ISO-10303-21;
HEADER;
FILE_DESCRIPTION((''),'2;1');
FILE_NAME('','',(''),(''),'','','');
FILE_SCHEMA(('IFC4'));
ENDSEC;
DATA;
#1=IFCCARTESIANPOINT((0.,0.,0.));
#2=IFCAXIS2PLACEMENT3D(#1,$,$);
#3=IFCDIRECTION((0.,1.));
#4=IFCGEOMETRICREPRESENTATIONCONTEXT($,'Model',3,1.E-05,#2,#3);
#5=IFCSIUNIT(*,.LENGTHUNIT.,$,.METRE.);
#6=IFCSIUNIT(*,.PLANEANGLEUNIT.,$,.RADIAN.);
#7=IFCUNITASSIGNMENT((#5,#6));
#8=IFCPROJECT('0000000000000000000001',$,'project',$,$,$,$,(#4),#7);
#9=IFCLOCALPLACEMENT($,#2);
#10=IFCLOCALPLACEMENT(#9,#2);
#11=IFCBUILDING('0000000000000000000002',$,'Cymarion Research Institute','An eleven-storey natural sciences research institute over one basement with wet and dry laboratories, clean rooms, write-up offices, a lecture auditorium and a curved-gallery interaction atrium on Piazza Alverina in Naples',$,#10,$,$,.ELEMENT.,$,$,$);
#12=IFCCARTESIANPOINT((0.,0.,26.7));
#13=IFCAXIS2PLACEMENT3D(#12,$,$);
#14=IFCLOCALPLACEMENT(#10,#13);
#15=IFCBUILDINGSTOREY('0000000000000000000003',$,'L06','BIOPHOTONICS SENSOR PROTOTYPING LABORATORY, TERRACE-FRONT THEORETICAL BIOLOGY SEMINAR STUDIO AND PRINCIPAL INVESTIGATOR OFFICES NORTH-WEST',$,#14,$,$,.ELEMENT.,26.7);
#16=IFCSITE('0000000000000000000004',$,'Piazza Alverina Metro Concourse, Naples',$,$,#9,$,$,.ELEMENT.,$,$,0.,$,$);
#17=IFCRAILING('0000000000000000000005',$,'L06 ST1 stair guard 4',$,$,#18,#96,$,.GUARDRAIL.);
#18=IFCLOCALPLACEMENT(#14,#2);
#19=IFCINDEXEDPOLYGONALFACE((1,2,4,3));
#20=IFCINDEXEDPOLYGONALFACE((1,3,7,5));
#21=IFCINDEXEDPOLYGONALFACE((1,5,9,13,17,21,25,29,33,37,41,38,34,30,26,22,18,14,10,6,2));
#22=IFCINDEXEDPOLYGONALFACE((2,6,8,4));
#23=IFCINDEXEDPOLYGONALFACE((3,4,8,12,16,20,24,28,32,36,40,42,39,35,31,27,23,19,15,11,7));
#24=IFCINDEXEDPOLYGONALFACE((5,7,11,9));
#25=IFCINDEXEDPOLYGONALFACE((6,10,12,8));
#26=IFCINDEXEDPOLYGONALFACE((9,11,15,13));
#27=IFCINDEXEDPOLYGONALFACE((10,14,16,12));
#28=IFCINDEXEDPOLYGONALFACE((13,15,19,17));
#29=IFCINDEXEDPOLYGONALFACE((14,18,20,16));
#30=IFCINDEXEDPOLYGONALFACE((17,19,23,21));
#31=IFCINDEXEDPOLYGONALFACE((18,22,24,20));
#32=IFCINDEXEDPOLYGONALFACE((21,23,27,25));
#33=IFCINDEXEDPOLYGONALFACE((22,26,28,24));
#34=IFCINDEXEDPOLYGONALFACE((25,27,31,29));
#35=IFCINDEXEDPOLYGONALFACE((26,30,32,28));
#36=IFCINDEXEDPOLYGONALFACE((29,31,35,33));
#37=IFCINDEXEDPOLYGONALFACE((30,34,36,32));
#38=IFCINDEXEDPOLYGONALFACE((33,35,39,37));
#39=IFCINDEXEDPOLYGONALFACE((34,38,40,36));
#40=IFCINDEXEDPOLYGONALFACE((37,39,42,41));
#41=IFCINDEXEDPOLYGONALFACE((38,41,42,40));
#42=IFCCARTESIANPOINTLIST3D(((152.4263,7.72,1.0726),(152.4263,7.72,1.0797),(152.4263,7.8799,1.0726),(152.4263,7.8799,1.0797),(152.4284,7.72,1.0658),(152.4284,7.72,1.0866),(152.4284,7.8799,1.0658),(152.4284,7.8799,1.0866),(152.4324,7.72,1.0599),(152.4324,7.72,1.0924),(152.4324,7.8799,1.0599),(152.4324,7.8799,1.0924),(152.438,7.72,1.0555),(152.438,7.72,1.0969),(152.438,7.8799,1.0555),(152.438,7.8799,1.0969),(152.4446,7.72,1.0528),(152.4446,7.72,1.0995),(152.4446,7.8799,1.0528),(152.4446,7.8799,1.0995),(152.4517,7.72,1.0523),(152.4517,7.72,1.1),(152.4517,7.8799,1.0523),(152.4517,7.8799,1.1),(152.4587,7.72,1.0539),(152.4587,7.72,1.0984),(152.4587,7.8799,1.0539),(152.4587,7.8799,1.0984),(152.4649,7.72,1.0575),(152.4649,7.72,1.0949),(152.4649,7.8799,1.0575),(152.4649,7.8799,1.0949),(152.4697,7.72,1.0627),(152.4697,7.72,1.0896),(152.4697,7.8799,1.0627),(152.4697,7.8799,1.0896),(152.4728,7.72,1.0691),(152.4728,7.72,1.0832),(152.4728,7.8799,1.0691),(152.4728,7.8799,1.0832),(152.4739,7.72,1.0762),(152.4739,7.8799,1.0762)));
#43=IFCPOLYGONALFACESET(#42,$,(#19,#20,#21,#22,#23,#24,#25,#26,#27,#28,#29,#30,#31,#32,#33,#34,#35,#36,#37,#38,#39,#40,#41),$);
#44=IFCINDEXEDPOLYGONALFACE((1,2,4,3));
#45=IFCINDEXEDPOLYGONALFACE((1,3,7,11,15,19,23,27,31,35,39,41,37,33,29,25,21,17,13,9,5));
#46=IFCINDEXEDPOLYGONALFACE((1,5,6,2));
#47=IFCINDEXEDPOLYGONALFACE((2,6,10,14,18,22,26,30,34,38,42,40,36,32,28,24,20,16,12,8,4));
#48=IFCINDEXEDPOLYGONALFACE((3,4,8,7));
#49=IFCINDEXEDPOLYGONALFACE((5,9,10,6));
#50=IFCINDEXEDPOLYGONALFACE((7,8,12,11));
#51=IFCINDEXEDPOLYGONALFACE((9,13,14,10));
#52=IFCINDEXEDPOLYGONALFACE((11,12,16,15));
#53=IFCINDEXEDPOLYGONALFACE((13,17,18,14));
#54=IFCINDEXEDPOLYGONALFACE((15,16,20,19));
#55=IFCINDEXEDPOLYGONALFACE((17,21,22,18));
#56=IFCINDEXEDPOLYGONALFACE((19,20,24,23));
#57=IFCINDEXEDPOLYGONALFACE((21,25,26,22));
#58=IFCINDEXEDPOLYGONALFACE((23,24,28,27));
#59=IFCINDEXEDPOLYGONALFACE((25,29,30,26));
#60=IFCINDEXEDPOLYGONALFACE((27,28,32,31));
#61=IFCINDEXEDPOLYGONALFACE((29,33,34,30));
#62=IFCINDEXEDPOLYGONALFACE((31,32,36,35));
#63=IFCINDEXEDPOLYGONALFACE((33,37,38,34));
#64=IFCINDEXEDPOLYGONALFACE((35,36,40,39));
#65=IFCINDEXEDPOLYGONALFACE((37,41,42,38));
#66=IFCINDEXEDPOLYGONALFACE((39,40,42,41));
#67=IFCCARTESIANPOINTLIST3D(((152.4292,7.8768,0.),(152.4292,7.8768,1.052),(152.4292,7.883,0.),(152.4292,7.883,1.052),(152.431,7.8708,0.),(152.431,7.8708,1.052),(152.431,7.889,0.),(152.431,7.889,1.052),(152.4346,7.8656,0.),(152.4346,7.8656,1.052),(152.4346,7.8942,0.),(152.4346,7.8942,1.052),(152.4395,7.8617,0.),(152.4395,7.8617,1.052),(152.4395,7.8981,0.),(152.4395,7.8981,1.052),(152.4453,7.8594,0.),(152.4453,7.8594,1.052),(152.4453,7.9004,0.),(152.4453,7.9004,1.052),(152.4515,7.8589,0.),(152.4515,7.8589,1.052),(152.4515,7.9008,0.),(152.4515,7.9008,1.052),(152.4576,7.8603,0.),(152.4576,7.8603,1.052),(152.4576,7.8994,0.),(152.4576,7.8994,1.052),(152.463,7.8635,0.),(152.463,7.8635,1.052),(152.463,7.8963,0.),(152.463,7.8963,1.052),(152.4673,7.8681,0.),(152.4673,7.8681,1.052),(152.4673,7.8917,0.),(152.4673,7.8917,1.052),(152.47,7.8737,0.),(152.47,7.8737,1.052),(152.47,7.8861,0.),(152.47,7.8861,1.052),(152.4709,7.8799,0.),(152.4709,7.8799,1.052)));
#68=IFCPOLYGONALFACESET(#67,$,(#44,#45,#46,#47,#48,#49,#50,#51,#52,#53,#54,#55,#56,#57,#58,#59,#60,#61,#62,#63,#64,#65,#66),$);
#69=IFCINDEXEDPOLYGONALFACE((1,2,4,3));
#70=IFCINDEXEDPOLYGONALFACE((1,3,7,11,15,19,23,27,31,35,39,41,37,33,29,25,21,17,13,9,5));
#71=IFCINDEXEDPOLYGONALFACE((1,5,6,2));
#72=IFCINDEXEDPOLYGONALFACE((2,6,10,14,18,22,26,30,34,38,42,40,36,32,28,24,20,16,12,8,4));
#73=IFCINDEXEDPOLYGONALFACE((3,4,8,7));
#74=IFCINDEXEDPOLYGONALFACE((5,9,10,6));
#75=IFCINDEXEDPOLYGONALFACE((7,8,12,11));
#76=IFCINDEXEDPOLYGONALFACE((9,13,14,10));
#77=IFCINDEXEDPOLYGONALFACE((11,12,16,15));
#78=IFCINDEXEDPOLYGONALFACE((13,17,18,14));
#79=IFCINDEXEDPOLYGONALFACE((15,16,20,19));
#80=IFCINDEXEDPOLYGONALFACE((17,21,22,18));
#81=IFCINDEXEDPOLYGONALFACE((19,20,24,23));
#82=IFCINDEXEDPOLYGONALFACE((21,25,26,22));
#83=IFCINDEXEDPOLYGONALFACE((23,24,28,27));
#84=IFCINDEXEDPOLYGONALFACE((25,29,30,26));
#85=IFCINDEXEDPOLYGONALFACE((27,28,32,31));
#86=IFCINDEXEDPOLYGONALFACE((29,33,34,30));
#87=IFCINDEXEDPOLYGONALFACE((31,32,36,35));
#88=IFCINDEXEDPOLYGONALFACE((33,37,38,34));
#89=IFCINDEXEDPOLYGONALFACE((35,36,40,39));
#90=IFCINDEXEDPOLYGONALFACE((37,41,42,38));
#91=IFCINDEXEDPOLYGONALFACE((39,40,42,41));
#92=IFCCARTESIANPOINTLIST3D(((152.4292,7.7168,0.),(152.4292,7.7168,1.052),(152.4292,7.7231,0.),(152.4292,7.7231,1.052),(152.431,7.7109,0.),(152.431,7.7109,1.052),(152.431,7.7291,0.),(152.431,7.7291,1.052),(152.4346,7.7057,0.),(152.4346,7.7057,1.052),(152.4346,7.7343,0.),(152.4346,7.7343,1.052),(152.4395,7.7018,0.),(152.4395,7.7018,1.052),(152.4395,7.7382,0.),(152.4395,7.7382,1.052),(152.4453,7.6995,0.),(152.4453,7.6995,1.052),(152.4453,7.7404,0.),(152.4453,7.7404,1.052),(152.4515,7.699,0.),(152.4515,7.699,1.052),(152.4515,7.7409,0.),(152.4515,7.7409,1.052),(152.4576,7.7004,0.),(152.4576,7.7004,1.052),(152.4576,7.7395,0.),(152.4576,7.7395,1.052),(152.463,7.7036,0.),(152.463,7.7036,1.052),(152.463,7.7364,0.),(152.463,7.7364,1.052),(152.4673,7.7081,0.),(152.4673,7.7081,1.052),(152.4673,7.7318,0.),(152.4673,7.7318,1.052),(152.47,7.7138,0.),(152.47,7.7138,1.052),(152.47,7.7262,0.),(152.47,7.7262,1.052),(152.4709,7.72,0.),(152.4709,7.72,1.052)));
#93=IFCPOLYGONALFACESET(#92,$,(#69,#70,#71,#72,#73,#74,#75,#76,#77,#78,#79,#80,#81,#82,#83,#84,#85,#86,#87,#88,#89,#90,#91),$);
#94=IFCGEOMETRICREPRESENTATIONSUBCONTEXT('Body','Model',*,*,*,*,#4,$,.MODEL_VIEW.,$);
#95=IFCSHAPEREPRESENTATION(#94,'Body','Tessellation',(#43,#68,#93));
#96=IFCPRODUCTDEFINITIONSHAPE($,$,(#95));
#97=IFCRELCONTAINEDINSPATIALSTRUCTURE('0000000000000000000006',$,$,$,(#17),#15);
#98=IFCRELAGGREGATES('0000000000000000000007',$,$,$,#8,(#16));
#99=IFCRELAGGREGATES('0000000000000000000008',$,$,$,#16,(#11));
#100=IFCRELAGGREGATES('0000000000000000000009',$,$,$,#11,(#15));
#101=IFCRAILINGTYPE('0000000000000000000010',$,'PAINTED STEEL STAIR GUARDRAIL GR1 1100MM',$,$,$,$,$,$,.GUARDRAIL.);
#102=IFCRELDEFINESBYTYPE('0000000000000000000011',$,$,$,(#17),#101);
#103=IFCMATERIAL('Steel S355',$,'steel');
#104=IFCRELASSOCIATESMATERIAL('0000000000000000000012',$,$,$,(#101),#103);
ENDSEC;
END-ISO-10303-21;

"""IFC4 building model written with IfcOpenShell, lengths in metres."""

from ifc_helpers import new_model, si_unit, direction, frame, origin, origin_2d, place, context, subcontext, project, spatial, circle, extrude, material, type_object, element, save


model = new_model("IFC4")

# Units and contexts
model_context = context("Model", 3, precision=1e-05, world=origin(), true_north=direction((0.0, 1.0)))
body_context = subcontext(model_context, "Body", "Model", "MODEL_VIEW")
ifc_project = project(units=[si_unit("LENGTHUNIT", "METRE"), si_unit("PLANEANGLEUNIT", "RADIAN")], contexts=[model_context])

# Site, building, storey
site_placement = place(None, origin())
site = spatial("IfcSite", under=ifc_project, at=site_placement, Name="Piazza Alverina Metro Concourse, Naples", CompositionType="ELEMENT", RefElevation=0.0)
building_placement = place(site_placement, origin())
building = spatial("IfcBuilding", under=site, at=building_placement, Name="Cymarion Research Institute", Description="An eleven-storey natural sciences research institute over one basement with wet and dry laboratories, clean rooms, write-up offices, a lecture auditorium and a curved-gallery interaction atrium on Piazza Alverina in Naples", CompositionType="ELEMENT")
storey_placement = place(building_placement, frame((0.0, 0.0, 26.7)))
storey = spatial("IfcBuildingStorey", under=building, at=storey_placement, Name="L06", Description="BIOPHOTONICS SENSOR PROTOTYPING LABORATORY, TERRACE-FRONT THEORETICAL BIOLOGY SEMINAR STUDIO AND PRINCIPAL INVESTIGATOR OFFICES NORTH-WEST", CompositionType="ELEMENT", Elevation=26.7)

# Shared definitions
ifc_material_1 = material(Name="Steel S355", Category="steel")

# Railing
railing_type_1 = type_object("IfcRailingType", Name="PAINTED STEEL STAIR GUARDRAIL GR1 1100MM", PredefinedType="GUARDRAIL", material=ifc_material_1)
railing_1_placement = place(storey_placement, frame((152.45, 7.8799, 0.0)))
element("IfcRailing", 1, at=railing_1_placement, inside=storey, type_object=railing_type_1, Name="L06 ST1 stair guard 4", PredefinedType="GUARDRAIL", context=body_context, shape_type="SweptSolid", body=[
    extrude(circle(Radius=0.0239, at=origin_2d()), frame((0.0, 0.0, 1.0762), z_axis=(0.0, -1.0, 0.0), x_axis=(1.0, 0.0, 0.0)), (0.0, 0.0, 1.0), 0.1599),
    extrude(circle(Radius=0.021, at=origin_2d()), origin(), (0.0, 0.0, 1.0), 1.052),
    extrude(circle(Radius=0.021, at=origin_2d()), frame((0.0, -0.1599, 0.0)), (0.0, 0.0, 1.0), 1.052),
])

save(model, "model.ifc")
